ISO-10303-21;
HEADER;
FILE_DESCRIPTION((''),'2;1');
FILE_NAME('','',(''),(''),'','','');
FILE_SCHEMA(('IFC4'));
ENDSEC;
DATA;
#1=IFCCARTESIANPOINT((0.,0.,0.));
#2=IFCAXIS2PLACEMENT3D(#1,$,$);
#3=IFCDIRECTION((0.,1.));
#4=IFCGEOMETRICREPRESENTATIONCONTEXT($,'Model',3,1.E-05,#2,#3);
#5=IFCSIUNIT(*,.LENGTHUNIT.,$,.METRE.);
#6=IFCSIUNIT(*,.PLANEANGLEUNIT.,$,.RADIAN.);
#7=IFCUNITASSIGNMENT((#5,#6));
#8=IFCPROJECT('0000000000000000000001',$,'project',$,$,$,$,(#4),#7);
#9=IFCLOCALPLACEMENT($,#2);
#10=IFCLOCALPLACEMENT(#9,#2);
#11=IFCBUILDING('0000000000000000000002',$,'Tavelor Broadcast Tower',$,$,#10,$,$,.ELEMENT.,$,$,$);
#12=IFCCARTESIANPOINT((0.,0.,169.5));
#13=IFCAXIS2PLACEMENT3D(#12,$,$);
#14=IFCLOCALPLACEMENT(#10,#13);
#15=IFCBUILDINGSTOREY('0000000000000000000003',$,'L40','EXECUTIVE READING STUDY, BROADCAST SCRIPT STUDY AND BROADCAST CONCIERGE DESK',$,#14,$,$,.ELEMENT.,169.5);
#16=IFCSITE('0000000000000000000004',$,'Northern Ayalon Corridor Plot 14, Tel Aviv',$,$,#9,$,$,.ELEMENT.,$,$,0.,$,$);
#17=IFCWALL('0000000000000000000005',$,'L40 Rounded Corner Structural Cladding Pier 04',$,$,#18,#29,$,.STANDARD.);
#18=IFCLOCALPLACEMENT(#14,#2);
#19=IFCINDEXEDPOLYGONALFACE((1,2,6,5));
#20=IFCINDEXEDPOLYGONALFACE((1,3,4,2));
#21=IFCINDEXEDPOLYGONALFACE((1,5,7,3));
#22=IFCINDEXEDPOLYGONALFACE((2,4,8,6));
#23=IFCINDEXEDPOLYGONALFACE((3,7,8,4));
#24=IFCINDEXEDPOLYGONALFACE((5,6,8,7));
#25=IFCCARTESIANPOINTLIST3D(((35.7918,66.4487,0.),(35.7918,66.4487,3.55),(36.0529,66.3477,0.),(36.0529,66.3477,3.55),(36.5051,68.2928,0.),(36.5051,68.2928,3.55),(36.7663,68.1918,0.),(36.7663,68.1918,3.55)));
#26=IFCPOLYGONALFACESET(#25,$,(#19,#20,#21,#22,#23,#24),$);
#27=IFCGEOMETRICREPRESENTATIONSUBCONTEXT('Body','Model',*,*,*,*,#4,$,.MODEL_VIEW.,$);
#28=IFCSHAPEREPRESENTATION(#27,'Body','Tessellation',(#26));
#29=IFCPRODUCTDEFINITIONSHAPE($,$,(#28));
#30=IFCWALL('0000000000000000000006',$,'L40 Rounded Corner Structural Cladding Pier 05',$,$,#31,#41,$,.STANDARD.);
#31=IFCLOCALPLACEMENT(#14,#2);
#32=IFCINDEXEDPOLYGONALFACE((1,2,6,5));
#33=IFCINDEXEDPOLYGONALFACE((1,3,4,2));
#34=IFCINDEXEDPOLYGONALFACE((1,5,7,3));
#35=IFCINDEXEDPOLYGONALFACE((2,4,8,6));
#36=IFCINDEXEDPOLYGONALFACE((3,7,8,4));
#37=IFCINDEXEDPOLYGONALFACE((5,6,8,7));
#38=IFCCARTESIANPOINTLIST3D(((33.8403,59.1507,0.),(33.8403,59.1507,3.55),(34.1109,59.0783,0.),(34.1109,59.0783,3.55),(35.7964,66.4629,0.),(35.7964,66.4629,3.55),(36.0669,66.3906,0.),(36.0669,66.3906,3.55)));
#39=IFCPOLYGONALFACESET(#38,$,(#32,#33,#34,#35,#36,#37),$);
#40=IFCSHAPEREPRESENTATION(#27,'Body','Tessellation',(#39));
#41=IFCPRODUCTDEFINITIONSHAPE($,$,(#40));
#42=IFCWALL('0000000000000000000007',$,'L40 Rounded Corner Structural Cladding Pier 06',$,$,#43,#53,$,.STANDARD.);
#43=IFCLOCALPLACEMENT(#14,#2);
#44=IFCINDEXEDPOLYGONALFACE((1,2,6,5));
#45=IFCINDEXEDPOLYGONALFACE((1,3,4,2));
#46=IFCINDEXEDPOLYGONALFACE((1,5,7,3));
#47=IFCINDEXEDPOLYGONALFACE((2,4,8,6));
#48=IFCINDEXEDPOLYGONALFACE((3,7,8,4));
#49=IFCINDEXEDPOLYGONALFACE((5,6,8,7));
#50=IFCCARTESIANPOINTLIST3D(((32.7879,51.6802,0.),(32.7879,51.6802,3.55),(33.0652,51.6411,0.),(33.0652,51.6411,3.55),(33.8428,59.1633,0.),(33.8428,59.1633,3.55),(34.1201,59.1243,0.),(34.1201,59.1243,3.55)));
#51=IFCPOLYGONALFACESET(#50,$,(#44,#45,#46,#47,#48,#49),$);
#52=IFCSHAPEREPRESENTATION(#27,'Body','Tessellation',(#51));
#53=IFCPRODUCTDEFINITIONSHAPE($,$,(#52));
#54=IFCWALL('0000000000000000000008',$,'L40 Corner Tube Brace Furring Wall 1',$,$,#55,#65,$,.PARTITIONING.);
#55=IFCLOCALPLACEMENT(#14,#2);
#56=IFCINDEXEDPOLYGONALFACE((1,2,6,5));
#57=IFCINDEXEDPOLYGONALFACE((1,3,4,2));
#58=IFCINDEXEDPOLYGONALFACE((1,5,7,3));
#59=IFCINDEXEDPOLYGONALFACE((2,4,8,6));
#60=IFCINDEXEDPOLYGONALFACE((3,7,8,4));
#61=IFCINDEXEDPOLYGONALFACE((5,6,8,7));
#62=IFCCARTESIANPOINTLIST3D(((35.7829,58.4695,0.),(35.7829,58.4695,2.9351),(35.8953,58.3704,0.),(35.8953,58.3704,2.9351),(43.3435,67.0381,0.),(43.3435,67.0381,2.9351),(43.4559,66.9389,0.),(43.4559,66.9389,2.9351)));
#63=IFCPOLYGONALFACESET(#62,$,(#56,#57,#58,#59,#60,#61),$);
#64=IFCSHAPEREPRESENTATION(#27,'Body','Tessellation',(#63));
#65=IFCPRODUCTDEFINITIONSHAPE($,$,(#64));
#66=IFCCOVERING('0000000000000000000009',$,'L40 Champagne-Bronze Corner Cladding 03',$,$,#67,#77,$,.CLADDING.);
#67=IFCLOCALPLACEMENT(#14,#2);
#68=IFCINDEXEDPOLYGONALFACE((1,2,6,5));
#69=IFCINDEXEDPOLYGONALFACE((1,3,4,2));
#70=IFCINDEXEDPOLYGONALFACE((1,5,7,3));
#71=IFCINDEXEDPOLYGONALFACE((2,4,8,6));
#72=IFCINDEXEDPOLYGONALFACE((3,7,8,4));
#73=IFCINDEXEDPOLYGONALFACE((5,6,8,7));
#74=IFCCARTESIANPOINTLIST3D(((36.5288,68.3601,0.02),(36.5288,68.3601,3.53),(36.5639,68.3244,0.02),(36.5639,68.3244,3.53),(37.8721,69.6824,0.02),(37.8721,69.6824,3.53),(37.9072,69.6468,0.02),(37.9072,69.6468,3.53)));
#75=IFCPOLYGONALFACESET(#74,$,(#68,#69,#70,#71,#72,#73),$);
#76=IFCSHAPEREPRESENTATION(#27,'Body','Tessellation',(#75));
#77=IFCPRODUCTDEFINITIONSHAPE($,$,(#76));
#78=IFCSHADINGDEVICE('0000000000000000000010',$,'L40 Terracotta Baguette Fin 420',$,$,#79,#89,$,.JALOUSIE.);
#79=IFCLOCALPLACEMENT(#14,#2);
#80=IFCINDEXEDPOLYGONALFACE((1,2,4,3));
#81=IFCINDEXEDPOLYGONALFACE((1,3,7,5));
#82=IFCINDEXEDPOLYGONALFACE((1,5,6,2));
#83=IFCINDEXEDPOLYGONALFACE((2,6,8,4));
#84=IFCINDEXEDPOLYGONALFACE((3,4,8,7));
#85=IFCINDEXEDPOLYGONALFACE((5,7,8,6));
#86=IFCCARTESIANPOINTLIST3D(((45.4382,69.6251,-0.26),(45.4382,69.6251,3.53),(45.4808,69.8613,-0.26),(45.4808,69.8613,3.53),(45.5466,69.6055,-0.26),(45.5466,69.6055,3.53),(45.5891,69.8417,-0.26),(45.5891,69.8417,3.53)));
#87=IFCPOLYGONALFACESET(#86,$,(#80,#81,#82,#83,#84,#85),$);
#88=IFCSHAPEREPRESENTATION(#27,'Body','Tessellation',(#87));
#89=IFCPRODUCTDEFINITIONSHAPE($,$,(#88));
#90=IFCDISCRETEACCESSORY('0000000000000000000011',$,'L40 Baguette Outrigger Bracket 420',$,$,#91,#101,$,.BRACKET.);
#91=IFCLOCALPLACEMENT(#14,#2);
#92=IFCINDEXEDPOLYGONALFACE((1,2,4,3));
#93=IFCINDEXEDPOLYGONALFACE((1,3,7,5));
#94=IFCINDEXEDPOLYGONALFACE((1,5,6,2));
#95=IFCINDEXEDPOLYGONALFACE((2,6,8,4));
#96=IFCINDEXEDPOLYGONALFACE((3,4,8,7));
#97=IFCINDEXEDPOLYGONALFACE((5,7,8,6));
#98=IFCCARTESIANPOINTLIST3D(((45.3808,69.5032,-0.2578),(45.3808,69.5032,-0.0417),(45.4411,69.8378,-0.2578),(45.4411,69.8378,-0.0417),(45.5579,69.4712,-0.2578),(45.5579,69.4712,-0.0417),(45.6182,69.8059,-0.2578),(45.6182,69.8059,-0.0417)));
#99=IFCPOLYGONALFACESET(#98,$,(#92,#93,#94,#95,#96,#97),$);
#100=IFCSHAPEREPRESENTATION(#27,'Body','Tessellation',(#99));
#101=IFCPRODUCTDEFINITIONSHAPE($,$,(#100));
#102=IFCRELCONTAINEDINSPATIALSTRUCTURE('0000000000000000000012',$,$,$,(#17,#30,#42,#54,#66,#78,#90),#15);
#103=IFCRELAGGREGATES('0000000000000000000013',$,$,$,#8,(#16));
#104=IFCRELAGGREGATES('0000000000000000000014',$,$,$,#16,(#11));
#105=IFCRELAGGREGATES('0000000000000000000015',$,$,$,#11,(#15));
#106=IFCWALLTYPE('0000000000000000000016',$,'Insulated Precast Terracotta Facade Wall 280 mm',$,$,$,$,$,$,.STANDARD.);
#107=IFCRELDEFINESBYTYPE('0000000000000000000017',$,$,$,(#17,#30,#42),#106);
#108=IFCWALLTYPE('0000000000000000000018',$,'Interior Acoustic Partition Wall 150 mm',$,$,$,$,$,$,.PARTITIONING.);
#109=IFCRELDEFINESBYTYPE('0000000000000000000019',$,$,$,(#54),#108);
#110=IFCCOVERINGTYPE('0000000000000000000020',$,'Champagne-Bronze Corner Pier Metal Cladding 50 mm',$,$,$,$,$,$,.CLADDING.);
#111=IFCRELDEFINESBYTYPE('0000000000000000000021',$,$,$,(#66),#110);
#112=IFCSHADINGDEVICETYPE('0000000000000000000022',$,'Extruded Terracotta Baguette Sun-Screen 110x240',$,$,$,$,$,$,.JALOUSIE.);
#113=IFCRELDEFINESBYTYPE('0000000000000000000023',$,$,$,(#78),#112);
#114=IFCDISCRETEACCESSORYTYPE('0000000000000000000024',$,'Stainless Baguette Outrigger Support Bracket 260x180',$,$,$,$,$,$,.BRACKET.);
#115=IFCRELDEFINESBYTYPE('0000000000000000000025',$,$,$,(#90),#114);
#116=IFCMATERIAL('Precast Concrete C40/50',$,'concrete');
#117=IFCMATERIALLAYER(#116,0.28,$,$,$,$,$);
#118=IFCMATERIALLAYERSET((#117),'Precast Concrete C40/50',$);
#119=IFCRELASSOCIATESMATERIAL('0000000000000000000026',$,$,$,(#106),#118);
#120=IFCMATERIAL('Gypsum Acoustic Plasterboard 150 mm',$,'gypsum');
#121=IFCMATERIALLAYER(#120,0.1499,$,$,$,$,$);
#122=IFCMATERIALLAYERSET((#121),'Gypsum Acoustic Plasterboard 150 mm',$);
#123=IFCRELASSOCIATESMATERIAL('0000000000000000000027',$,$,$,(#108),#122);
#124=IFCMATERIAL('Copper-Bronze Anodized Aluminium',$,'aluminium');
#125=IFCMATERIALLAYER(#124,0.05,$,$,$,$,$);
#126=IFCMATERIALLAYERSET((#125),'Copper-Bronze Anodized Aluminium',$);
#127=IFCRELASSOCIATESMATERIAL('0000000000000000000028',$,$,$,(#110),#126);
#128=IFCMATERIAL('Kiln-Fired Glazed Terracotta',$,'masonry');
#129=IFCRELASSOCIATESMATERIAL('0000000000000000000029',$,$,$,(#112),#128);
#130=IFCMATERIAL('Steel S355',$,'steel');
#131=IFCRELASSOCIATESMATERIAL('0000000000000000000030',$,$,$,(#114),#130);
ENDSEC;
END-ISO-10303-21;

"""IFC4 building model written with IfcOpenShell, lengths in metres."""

from ifc_helpers import new_model, si_unit, direction, frame, frame_2d, origin, origin_2d, place, context, subcontext, project, spatial, rectangle, extrude, source, transform, mapped, material, layer, layer_set, type_object, type_shapes, element, save


model = new_model("IFC4")

# Units and contexts
model_context = context("Model", 3, precision=1e-05, world=origin(), true_north=direction((0.0, 1.0)))
body_context = subcontext(model_context, "Body", "Model", "MODEL_VIEW")
ifc_project = project(units=[si_unit("LENGTHUNIT", "METRE"), si_unit("PLANEANGLEUNIT", "RADIAN")], contexts=[model_context])

# Site, building, storey
site_placement = place(None, origin())
site = spatial("IfcSite", under=ifc_project, at=site_placement, Name="Northern Ayalon Corridor Plot 14, Tel Aviv", CompositionType="ELEMENT", RefElevation=0.0)
building_placement = place(site_placement, origin())
building = spatial("IfcBuilding", under=site, at=building_placement, Name="Tavelor Broadcast Tower", CompositionType="ELEMENT")
storey_placement = place(building_placement, frame((0.0, 0.0, 169.5)))
storey = spatial("IfcBuildingStorey", under=building, at=storey_placement, Name="L40", Description="EXECUTIVE READING STUDY, BROADCAST SCRIPT STUDY AND BROADCAST CONCIERGE DESK", CompositionType="ELEMENT", Elevation=169.5)

# Shared definitions
ifc_material_1 = material(Name="Steel S355", Category="steel")

# Walls
ifc_material_2 = material(Name="Precast Concrete C40/50", Category="concrete")
ifc_layer_1 = layer(ifc_material_2, 0.28)
ifc_layer_set_1 = layer_set([ifc_layer_1], Name="Precast Concrete C40/50")
wall_type_1 = type_object("IfcWallType", Name="Insulated Precast Terracotta Facade Wall 280 mm", PredefinedType="STANDARD", material=ifc_layer_set_1)
wall_1_placement = place(storey_placement, frame((36.6357, 68.2424, 0.0), z_axis=(0.0, 0.0, 1.0), x_axis=(-0.360765, -0.932657, 0.0)))
element("IfcWall", 1, at=wall_1_placement, inside=storey, type_object=wall_type_1, Name="L40 Rounded Corner Structural Cladding Pier 04", PredefinedType="STANDARD", context=body_context, shape_type="SweptSolid", body=[
    extrude(rectangle(XDim=1.9773, YDim=0.28, at=frame_2d((0.9888, 0.0))), origin(), (0.0, 0.0, 1.0), 3.55),
])
wall_2_placement = place(storey_placement, frame((35.9316, 66.4268, 0.0), z_axis=(0.0, 0.0, 1.0), x_axis=(-0.258417, -0.966033, 0.0)))
element("IfcWall", 2, at=wall_2_placement, inside=storey, type_object=wall_type_1, Name="L40 Rounded Corner Structural Cladding Pier 05", PredefinedType="STANDARD", context=body_context, shape_type="SweptSolid", body=[
    extrude(rectangle(XDim=7.5693, YDim=0.28, at=frame_2d((3.7847, 0.0))), origin(), (0.0, 0.0, 1.0), 3.55),
])
wall_3_placement = place(storey_placement, frame((33.9814, 59.1438, 0.0), z_axis=(0.0, 0.0, 1.0), x_axis=(-0.139594, -0.990209, 0.0)))
element("IfcWall", 3, at=wall_3_placement, inside=storey, type_object=wall_type_1, Name="L40 Rounded Corner Structural Cladding Pier 06", PredefinedType="STANDARD", context=body_context, shape_type="SweptSolid", body=[
    extrude(rectangle(XDim=7.5571, YDim=0.28, at=frame_2d((3.7786, 0.0))), origin(), (0.0, 0.0, 1.0), 3.55),
])
ifc_material_3 = material(Name="Gypsum Acoustic Plasterboard 150 mm", Category="gypsum")
ifc_layer_2 = layer(ifc_material_3, 0.1499)
ifc_layer_set_2 = layer_set([ifc_layer_2], Name="Gypsum Acoustic Plasterboard 150 mm")
wall_type_2 = type_object("IfcWallType", Name="Interior Acoustic Partition Wall 150 mm", PredefinedType="PARTITIONING", material=ifc_layer_set_2)
wall_4_placement = place(storey_placement, frame((43.3997, 66.9885, 0.0), z_axis=(0.0, 0.0, 1.0), x_axis=(-0.661622, -0.749837, 0.0)))
element("IfcWall", 4, at=wall_4_placement, inside=storey, type_object=wall_type_2, Name="L40 Corner Tube Brace Furring Wall 1", PredefinedType="PARTITIONING", context=body_context, shape_type="SweptSolid", body=[
    extrude(rectangle(XDim=11.4272, YDim=0.1499, at=frame_2d((5.7136, 0.0))), origin(), (0.0, 0.0, 1.0), 2.9351),
])

# Covering
ifc_material_4 = material(Name="Copper-Bronze Anodized Aluminium", Category="aluminium")
ifc_layer_3 = layer(ifc_material_4, 0.05)
ifc_layer_set_3 = layer_set([ifc_layer_3], Name="Copper-Bronze Anodized Aluminium")
covering_type = type_object("IfcCoveringType", Name="Champagne-Bronze Corner Pier Metal Cladding 50 mm", PredefinedType="CLADDING", material=ifc_layer_set_3)
covering_placement = place(storey_placement, frame((37.218, 69.0034, 0.02), z_axis=(0.0, 0.0, 1.0), x_axis=(-0.712639, -0.701531, 0.0)))
element("IfcCovering", 5, at=covering_placement, inside=storey, type_object=covering_type, Name="L40 Champagne-Bronze Corner Cladding 03", PredefinedType="CLADDING", context=body_context, shape_type="SweptSolid", body=[
    extrude(rectangle(XDim=1.885, YDim=0.05, at=origin_2d()), origin(), (0.0, 0.0, 1.0), 3.51),
])

# Shading device
ifc_material_5 = material(Name="Kiln-Fired Glazed Terracotta", Category="masonry")
shading_device_type = type_object("IfcShadingDeviceType", Name="Extruded Terracotta Baguette Sun-Screen 110x240", PredefinedType="JALOUSIE", material=ifc_material_5)
shared_shape_1 = source(origin(), body_context, "Body", "SweptSolid", [
    extrude(rectangle(XDim=0.1101, YDim=0.24, at=origin_2d()), origin(), (0.0, 0.0, 1.0), 3.79),
])
type_shapes(shading_device_type, [shared_shape_1])
shading_device_placement = place(storey_placement, frame((45.5137, 69.7334, -0.26), z_axis=(0.0, 0.0, 1.0), x_axis=(-0.984134, 0.177428, 0.0)))
element("IfcShadingDevice", 6, at=shading_device_placement, inside=storey, type_object=shading_device_type, Name="L40 Terracotta Baguette Fin 420", PredefinedType="JALOUSIE", context=body_context, shape_type="MappedRepresentation", body=[
    mapped(shared_shape_1, transform((0.0, 0.0, 0.0), scale=1.0)),
])

# Discrete accessory
discrete_accessory_type = type_object("IfcDiscreteAccessoryType", Name="Stainless Baguette Outrigger Support Bracket 260x180", PredefinedType="BRACKET", material=ifc_material_1)
shared_shape_2 = source(origin(), body_context, "Body", "SweptSolid", [
    extrude(rectangle(XDim=0.1799, YDim=0.3401, at=origin_2d()), origin(), (0.0, 0.0, 1.0), 0.2161),
])
type_shapes(discrete_accessory_type, [shared_shape_2])
discrete_accessory_placement = place(storey_placement, frame((45.4995, 69.6545, -0.2578), z_axis=(0.0, 0.0, 1.0), x_axis=(-0.984134, 0.177428, 0.0)))
element("IfcDiscreteAccessory", 7, at=discrete_accessory_placement, inside=storey, type_object=discrete_accessory_type, Name="L40 Baguette Outrigger Bracket 420", PredefinedType="BRACKET", context=body_context, shape_type="MappedRepresentation", body=[
    mapped(shared_shape_2, transform((0.0, 0.0, 0.0), scale=1.0)),
])

save(model, "model.ifc")
